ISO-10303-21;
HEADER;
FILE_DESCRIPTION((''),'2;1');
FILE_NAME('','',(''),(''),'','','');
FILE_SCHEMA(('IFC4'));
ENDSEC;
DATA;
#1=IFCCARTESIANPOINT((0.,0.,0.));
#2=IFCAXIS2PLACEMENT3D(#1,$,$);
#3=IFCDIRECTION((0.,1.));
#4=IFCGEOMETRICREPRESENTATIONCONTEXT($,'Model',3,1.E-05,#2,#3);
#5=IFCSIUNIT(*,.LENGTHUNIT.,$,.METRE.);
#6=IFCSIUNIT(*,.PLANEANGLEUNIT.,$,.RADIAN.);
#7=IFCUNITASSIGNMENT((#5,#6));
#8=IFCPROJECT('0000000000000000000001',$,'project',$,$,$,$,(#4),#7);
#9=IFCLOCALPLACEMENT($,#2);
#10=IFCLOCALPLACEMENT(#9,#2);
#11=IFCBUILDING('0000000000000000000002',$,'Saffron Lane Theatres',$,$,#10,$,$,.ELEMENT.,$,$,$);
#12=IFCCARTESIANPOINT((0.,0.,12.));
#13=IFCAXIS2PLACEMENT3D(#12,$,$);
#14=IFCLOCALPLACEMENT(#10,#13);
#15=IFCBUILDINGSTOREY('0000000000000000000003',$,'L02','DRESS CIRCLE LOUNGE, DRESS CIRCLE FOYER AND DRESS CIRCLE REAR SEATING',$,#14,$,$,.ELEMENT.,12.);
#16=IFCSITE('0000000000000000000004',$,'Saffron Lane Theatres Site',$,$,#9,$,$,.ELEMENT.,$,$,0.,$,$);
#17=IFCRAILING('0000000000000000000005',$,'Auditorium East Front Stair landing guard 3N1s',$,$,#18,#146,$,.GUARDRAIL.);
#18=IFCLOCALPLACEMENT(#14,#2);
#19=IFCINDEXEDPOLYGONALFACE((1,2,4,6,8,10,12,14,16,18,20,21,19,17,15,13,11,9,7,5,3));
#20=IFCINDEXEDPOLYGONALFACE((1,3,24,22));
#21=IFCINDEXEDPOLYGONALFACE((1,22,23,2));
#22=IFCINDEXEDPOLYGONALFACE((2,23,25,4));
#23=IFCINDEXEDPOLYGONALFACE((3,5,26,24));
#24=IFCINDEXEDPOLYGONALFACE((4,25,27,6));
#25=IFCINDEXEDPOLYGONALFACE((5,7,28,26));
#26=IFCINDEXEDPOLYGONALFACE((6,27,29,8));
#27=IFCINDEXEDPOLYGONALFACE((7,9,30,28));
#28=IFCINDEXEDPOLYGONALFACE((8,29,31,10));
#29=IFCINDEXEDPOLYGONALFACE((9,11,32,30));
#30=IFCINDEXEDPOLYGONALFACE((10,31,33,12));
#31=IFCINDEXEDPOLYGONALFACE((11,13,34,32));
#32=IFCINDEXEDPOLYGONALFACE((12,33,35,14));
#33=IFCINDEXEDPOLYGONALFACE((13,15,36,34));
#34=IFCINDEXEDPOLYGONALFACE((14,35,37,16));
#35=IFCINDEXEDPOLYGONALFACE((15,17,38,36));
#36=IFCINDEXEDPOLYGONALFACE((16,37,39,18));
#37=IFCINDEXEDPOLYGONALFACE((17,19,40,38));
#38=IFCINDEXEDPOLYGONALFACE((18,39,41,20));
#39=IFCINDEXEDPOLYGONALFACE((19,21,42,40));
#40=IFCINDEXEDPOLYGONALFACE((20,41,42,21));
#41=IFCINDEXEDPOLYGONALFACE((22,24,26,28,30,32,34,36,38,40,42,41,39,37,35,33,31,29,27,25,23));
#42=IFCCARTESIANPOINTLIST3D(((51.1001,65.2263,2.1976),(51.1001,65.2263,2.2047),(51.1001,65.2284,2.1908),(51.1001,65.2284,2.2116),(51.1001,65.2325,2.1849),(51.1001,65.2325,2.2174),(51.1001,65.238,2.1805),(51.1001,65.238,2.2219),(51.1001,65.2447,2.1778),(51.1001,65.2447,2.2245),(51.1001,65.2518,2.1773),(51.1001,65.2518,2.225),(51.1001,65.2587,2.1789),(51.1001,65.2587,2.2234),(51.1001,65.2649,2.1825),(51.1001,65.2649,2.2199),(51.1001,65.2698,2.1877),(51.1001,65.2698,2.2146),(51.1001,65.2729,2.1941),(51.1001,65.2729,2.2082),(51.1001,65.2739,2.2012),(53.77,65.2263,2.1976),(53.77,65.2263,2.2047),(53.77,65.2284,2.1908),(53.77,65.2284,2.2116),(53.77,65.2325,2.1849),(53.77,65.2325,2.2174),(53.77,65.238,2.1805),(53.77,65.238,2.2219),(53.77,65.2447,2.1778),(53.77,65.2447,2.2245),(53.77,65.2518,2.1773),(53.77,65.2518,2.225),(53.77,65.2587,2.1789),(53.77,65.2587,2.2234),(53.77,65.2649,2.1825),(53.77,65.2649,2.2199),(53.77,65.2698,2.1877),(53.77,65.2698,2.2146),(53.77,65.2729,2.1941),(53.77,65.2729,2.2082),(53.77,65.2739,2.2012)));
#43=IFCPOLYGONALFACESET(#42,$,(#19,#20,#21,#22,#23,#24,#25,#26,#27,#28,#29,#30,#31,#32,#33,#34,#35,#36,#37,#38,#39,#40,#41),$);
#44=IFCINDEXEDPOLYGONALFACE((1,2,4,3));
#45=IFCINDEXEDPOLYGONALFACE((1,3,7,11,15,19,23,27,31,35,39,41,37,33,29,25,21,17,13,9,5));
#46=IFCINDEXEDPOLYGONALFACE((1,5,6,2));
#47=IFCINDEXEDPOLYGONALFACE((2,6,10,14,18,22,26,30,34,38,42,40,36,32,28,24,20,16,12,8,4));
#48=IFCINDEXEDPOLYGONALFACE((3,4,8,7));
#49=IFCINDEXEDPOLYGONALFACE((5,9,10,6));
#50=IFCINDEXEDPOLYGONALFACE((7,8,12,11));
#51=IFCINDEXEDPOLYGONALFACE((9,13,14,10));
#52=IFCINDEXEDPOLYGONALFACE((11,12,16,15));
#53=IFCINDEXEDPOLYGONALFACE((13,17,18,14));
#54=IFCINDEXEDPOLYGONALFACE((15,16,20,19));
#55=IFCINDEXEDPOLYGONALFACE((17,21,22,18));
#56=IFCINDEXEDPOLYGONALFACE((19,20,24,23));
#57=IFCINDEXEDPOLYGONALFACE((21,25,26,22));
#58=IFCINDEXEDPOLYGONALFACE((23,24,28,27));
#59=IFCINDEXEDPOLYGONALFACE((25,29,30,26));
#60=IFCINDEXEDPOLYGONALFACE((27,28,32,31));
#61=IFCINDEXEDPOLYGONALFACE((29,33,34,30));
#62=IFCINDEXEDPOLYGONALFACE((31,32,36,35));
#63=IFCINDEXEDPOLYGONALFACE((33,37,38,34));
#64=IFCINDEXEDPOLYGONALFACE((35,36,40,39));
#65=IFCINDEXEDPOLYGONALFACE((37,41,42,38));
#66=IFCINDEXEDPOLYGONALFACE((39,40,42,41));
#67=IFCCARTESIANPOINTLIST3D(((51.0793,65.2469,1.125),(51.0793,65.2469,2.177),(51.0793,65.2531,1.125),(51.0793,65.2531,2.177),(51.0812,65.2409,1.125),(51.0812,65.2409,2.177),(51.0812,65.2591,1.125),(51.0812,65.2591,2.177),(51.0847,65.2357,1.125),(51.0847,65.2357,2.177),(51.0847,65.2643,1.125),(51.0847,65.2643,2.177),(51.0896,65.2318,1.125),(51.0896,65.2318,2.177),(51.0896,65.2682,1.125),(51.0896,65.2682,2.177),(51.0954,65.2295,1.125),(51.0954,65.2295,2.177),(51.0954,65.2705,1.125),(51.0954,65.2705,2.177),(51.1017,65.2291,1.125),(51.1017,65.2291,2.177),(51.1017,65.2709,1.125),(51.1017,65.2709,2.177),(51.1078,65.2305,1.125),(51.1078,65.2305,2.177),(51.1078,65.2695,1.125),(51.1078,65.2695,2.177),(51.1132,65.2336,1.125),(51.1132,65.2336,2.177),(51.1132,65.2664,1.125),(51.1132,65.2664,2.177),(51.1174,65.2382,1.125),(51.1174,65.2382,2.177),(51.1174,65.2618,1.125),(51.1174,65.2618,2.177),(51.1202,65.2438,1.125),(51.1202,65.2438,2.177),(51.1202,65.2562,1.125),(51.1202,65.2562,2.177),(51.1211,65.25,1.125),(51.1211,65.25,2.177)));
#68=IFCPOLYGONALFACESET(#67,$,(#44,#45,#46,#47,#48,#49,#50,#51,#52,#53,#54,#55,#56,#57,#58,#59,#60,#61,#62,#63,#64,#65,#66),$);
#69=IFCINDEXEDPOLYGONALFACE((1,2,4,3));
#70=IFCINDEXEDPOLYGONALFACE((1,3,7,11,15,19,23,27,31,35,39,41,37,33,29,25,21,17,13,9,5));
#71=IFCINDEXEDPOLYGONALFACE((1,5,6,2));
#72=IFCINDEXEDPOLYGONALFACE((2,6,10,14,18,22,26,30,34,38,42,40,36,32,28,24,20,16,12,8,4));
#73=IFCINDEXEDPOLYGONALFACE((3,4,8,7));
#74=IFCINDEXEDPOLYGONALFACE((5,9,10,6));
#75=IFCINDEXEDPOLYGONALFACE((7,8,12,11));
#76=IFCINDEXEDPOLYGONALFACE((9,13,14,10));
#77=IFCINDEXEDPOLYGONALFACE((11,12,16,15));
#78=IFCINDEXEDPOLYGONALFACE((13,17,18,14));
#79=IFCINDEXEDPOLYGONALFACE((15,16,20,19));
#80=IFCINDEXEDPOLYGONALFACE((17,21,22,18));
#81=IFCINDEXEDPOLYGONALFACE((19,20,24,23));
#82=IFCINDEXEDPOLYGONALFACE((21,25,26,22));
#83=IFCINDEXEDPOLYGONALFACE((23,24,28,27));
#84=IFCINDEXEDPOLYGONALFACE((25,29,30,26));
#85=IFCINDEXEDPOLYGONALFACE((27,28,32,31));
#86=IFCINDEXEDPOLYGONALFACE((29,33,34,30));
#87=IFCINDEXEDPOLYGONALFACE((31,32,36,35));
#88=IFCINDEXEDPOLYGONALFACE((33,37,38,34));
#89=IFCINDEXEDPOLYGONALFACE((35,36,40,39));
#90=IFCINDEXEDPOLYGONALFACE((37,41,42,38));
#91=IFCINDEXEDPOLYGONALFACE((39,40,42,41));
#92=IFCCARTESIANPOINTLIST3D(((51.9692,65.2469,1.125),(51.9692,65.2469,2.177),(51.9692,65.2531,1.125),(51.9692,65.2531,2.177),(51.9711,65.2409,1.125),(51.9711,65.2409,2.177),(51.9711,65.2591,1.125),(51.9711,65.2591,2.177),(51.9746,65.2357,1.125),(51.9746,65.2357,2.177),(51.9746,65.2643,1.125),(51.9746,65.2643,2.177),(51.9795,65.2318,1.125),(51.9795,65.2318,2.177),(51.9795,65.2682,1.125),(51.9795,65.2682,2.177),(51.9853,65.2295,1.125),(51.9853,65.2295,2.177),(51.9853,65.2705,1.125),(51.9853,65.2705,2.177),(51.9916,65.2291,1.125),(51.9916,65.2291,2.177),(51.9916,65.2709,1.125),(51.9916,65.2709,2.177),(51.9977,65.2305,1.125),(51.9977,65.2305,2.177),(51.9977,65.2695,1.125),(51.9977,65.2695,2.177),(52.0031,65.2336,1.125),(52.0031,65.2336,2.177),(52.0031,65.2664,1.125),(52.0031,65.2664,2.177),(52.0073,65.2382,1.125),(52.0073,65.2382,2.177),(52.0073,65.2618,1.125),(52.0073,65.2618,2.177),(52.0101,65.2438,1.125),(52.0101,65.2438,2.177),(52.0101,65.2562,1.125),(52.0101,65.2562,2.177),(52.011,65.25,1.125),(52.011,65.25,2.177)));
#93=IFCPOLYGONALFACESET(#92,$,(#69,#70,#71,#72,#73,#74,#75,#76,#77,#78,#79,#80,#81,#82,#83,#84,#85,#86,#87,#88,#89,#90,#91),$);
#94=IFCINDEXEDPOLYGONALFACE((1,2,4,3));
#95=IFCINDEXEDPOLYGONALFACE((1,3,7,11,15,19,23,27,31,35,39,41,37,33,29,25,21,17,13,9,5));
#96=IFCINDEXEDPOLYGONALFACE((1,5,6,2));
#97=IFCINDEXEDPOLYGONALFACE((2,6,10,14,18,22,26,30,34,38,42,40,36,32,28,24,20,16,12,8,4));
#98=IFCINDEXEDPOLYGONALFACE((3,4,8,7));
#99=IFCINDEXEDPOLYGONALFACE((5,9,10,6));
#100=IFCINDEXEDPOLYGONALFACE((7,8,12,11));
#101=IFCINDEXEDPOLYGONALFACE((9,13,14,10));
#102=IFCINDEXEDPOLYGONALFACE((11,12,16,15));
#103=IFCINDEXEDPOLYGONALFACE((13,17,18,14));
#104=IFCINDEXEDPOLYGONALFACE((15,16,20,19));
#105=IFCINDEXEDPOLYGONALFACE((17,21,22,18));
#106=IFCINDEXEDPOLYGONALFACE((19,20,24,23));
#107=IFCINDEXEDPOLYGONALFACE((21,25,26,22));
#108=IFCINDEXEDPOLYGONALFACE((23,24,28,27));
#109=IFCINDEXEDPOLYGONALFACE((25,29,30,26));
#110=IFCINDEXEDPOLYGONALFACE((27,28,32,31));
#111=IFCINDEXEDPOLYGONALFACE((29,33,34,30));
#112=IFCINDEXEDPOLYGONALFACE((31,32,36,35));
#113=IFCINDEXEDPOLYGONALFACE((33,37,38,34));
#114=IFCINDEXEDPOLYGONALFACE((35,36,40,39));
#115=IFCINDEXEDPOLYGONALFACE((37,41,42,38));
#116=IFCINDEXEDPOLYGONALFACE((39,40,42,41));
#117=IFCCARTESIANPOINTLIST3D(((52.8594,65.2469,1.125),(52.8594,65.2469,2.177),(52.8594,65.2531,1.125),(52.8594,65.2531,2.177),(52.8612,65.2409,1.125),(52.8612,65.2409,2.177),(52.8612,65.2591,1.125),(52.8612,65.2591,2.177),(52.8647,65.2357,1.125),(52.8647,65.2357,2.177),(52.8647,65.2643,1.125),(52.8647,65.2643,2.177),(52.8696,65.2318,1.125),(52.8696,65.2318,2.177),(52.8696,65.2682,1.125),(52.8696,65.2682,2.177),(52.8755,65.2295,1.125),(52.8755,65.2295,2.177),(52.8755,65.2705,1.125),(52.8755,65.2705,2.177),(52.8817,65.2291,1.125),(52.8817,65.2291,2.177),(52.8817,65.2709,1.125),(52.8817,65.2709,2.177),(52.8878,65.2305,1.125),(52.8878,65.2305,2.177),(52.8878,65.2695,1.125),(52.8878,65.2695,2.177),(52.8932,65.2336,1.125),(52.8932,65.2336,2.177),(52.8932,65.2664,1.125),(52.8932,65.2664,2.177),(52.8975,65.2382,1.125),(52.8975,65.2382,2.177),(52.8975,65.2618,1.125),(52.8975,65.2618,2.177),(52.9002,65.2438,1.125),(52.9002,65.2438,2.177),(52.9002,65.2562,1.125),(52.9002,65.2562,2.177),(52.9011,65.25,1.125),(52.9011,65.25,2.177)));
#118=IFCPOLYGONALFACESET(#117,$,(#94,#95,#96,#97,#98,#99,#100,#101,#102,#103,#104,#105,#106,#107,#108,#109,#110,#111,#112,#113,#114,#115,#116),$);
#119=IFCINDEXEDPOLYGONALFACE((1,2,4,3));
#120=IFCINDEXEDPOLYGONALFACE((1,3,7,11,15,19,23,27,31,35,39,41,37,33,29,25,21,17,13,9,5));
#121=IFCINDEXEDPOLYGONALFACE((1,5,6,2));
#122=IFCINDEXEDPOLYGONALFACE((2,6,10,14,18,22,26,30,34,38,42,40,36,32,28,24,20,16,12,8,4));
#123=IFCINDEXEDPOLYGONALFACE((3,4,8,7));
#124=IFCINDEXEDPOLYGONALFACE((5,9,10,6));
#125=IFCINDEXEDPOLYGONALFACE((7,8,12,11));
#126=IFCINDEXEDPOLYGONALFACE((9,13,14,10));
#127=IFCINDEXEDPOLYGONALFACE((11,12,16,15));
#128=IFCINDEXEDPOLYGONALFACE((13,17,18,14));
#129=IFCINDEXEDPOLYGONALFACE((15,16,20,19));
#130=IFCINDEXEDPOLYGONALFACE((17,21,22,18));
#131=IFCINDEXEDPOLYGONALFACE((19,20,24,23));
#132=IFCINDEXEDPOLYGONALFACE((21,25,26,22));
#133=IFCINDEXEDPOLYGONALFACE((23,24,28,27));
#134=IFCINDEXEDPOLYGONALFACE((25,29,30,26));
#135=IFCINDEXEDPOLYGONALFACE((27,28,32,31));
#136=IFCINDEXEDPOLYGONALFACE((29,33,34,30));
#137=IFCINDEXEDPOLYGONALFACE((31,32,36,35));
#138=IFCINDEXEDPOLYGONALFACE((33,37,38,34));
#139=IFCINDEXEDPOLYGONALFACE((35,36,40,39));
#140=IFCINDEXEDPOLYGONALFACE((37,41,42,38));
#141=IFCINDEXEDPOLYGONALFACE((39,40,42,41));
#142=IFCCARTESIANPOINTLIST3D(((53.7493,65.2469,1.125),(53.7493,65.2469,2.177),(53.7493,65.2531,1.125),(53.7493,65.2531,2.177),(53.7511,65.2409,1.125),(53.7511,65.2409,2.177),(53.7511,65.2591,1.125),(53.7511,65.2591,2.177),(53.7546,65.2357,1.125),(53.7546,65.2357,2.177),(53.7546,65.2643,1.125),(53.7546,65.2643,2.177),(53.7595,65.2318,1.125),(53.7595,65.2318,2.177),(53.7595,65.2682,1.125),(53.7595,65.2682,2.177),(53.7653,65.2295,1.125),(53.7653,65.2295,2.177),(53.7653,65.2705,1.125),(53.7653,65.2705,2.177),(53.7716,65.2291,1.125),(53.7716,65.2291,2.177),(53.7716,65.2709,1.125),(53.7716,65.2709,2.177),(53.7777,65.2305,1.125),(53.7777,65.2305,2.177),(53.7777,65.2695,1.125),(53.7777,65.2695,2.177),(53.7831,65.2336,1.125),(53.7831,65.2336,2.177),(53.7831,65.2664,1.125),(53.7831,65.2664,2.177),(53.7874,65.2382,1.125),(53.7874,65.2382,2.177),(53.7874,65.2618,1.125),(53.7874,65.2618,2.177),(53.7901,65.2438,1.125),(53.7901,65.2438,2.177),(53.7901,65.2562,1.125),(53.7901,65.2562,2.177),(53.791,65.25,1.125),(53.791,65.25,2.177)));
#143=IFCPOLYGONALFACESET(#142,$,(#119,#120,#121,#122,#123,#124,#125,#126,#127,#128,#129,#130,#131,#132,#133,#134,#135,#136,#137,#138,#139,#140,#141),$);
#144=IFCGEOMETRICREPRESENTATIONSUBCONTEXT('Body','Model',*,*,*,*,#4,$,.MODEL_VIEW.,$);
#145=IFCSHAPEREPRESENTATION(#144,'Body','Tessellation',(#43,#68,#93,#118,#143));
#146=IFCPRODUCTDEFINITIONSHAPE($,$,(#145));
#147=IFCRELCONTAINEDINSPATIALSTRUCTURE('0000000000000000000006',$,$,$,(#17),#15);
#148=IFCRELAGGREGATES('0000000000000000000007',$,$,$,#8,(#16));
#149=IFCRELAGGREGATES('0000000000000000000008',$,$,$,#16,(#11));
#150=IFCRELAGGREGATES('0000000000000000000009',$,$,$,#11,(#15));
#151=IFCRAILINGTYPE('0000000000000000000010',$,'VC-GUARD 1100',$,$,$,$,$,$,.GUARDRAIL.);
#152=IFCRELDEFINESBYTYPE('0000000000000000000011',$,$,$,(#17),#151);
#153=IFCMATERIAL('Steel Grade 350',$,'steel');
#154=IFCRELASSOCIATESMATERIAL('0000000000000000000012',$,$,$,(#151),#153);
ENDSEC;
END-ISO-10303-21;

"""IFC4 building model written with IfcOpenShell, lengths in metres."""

from ifc_helpers import new_model, si_unit, direction, frame, origin, origin_2d, place, context, subcontext, project, spatial, circle, extrude, material, type_object, element, save


model = new_model("IFC4")

# Units and contexts
model_context = context("Model", 3, precision=1e-05, world=origin(), true_north=direction((0.0, 1.0)))
body_context = subcontext(model_context, "Body", "Model", "MODEL_VIEW")
ifc_project = project(units=[si_unit("LENGTHUNIT", "METRE"), si_unit("PLANEANGLEUNIT", "RADIAN")], contexts=[model_context])

# Site, building, storey
site_placement = place(None, origin())
site = spatial("IfcSite", under=ifc_project, at=site_placement, Name="Saffron Lane Theatres Site", CompositionType="ELEMENT", RefElevation=0.0)
building_placement = place(site_placement, origin())
building = spatial("IfcBuilding", under=site, at=building_placement, Name="Saffron Lane Theatres", CompositionType="ELEMENT")
storey_placement = place(building_placement, frame((0.0, 0.0, 12.0)))
storey = spatial("IfcBuildingStorey", under=building, at=storey_placement, Name="L02", Description="DRESS CIRCLE LOUNGE, DRESS CIRCLE FOYER AND DRESS CIRCLE REAR SEATING", CompositionType="ELEMENT", Elevation=12.0)

# Railing
ifc_material_1 = material(Name="Steel Grade 350", Category="steel")
railing_type_1 = type_object("IfcRailingType", Name="VC-GUARD 1100", PredefinedType="GUARDRAIL", material=ifc_material_1)
railing_1_placement = place(storey_placement, frame((51.1001, 65.25, 1.125)))
element("IfcRailing", 1, at=railing_1_placement, inside=storey, type_object=railing_type_1, Name="Auditorium East Front Stair landing guard 3N1s", PredefinedType="GUARDRAIL", context=body_context, shape_type="SweptSolid", body=[
    extrude(circle(Radius=0.0239, at=origin_2d()), frame((0.0, 0.0, 1.0762), z_axis=(1.0, 0.0, 0.0), x_axis=(0.0, 1.0, 0.0)), (0.0, 0.0, 1.0), 2.6699),
    extrude(circle(Radius=0.021, at=origin_2d()), origin(), (0.0, 0.0, 1.0), 1.052),
    extrude(circle(Radius=0.021, at=origin_2d()), frame((0.8899, 0.0, 0.0)), (0.0, 0.0, 1.0), 1.052),
    extrude(circle(Radius=0.021, at=origin_2d()), frame((1.78, 0.0, 0.0)), (0.0, 0.0, 1.0), 1.052),
    extrude(circle(Radius=0.021, at=origin_2d()), frame((2.6699, 0.0, 0.0)), (0.0, 0.0, 1.0), 1.052),
])

save(model, "model.ifc")
